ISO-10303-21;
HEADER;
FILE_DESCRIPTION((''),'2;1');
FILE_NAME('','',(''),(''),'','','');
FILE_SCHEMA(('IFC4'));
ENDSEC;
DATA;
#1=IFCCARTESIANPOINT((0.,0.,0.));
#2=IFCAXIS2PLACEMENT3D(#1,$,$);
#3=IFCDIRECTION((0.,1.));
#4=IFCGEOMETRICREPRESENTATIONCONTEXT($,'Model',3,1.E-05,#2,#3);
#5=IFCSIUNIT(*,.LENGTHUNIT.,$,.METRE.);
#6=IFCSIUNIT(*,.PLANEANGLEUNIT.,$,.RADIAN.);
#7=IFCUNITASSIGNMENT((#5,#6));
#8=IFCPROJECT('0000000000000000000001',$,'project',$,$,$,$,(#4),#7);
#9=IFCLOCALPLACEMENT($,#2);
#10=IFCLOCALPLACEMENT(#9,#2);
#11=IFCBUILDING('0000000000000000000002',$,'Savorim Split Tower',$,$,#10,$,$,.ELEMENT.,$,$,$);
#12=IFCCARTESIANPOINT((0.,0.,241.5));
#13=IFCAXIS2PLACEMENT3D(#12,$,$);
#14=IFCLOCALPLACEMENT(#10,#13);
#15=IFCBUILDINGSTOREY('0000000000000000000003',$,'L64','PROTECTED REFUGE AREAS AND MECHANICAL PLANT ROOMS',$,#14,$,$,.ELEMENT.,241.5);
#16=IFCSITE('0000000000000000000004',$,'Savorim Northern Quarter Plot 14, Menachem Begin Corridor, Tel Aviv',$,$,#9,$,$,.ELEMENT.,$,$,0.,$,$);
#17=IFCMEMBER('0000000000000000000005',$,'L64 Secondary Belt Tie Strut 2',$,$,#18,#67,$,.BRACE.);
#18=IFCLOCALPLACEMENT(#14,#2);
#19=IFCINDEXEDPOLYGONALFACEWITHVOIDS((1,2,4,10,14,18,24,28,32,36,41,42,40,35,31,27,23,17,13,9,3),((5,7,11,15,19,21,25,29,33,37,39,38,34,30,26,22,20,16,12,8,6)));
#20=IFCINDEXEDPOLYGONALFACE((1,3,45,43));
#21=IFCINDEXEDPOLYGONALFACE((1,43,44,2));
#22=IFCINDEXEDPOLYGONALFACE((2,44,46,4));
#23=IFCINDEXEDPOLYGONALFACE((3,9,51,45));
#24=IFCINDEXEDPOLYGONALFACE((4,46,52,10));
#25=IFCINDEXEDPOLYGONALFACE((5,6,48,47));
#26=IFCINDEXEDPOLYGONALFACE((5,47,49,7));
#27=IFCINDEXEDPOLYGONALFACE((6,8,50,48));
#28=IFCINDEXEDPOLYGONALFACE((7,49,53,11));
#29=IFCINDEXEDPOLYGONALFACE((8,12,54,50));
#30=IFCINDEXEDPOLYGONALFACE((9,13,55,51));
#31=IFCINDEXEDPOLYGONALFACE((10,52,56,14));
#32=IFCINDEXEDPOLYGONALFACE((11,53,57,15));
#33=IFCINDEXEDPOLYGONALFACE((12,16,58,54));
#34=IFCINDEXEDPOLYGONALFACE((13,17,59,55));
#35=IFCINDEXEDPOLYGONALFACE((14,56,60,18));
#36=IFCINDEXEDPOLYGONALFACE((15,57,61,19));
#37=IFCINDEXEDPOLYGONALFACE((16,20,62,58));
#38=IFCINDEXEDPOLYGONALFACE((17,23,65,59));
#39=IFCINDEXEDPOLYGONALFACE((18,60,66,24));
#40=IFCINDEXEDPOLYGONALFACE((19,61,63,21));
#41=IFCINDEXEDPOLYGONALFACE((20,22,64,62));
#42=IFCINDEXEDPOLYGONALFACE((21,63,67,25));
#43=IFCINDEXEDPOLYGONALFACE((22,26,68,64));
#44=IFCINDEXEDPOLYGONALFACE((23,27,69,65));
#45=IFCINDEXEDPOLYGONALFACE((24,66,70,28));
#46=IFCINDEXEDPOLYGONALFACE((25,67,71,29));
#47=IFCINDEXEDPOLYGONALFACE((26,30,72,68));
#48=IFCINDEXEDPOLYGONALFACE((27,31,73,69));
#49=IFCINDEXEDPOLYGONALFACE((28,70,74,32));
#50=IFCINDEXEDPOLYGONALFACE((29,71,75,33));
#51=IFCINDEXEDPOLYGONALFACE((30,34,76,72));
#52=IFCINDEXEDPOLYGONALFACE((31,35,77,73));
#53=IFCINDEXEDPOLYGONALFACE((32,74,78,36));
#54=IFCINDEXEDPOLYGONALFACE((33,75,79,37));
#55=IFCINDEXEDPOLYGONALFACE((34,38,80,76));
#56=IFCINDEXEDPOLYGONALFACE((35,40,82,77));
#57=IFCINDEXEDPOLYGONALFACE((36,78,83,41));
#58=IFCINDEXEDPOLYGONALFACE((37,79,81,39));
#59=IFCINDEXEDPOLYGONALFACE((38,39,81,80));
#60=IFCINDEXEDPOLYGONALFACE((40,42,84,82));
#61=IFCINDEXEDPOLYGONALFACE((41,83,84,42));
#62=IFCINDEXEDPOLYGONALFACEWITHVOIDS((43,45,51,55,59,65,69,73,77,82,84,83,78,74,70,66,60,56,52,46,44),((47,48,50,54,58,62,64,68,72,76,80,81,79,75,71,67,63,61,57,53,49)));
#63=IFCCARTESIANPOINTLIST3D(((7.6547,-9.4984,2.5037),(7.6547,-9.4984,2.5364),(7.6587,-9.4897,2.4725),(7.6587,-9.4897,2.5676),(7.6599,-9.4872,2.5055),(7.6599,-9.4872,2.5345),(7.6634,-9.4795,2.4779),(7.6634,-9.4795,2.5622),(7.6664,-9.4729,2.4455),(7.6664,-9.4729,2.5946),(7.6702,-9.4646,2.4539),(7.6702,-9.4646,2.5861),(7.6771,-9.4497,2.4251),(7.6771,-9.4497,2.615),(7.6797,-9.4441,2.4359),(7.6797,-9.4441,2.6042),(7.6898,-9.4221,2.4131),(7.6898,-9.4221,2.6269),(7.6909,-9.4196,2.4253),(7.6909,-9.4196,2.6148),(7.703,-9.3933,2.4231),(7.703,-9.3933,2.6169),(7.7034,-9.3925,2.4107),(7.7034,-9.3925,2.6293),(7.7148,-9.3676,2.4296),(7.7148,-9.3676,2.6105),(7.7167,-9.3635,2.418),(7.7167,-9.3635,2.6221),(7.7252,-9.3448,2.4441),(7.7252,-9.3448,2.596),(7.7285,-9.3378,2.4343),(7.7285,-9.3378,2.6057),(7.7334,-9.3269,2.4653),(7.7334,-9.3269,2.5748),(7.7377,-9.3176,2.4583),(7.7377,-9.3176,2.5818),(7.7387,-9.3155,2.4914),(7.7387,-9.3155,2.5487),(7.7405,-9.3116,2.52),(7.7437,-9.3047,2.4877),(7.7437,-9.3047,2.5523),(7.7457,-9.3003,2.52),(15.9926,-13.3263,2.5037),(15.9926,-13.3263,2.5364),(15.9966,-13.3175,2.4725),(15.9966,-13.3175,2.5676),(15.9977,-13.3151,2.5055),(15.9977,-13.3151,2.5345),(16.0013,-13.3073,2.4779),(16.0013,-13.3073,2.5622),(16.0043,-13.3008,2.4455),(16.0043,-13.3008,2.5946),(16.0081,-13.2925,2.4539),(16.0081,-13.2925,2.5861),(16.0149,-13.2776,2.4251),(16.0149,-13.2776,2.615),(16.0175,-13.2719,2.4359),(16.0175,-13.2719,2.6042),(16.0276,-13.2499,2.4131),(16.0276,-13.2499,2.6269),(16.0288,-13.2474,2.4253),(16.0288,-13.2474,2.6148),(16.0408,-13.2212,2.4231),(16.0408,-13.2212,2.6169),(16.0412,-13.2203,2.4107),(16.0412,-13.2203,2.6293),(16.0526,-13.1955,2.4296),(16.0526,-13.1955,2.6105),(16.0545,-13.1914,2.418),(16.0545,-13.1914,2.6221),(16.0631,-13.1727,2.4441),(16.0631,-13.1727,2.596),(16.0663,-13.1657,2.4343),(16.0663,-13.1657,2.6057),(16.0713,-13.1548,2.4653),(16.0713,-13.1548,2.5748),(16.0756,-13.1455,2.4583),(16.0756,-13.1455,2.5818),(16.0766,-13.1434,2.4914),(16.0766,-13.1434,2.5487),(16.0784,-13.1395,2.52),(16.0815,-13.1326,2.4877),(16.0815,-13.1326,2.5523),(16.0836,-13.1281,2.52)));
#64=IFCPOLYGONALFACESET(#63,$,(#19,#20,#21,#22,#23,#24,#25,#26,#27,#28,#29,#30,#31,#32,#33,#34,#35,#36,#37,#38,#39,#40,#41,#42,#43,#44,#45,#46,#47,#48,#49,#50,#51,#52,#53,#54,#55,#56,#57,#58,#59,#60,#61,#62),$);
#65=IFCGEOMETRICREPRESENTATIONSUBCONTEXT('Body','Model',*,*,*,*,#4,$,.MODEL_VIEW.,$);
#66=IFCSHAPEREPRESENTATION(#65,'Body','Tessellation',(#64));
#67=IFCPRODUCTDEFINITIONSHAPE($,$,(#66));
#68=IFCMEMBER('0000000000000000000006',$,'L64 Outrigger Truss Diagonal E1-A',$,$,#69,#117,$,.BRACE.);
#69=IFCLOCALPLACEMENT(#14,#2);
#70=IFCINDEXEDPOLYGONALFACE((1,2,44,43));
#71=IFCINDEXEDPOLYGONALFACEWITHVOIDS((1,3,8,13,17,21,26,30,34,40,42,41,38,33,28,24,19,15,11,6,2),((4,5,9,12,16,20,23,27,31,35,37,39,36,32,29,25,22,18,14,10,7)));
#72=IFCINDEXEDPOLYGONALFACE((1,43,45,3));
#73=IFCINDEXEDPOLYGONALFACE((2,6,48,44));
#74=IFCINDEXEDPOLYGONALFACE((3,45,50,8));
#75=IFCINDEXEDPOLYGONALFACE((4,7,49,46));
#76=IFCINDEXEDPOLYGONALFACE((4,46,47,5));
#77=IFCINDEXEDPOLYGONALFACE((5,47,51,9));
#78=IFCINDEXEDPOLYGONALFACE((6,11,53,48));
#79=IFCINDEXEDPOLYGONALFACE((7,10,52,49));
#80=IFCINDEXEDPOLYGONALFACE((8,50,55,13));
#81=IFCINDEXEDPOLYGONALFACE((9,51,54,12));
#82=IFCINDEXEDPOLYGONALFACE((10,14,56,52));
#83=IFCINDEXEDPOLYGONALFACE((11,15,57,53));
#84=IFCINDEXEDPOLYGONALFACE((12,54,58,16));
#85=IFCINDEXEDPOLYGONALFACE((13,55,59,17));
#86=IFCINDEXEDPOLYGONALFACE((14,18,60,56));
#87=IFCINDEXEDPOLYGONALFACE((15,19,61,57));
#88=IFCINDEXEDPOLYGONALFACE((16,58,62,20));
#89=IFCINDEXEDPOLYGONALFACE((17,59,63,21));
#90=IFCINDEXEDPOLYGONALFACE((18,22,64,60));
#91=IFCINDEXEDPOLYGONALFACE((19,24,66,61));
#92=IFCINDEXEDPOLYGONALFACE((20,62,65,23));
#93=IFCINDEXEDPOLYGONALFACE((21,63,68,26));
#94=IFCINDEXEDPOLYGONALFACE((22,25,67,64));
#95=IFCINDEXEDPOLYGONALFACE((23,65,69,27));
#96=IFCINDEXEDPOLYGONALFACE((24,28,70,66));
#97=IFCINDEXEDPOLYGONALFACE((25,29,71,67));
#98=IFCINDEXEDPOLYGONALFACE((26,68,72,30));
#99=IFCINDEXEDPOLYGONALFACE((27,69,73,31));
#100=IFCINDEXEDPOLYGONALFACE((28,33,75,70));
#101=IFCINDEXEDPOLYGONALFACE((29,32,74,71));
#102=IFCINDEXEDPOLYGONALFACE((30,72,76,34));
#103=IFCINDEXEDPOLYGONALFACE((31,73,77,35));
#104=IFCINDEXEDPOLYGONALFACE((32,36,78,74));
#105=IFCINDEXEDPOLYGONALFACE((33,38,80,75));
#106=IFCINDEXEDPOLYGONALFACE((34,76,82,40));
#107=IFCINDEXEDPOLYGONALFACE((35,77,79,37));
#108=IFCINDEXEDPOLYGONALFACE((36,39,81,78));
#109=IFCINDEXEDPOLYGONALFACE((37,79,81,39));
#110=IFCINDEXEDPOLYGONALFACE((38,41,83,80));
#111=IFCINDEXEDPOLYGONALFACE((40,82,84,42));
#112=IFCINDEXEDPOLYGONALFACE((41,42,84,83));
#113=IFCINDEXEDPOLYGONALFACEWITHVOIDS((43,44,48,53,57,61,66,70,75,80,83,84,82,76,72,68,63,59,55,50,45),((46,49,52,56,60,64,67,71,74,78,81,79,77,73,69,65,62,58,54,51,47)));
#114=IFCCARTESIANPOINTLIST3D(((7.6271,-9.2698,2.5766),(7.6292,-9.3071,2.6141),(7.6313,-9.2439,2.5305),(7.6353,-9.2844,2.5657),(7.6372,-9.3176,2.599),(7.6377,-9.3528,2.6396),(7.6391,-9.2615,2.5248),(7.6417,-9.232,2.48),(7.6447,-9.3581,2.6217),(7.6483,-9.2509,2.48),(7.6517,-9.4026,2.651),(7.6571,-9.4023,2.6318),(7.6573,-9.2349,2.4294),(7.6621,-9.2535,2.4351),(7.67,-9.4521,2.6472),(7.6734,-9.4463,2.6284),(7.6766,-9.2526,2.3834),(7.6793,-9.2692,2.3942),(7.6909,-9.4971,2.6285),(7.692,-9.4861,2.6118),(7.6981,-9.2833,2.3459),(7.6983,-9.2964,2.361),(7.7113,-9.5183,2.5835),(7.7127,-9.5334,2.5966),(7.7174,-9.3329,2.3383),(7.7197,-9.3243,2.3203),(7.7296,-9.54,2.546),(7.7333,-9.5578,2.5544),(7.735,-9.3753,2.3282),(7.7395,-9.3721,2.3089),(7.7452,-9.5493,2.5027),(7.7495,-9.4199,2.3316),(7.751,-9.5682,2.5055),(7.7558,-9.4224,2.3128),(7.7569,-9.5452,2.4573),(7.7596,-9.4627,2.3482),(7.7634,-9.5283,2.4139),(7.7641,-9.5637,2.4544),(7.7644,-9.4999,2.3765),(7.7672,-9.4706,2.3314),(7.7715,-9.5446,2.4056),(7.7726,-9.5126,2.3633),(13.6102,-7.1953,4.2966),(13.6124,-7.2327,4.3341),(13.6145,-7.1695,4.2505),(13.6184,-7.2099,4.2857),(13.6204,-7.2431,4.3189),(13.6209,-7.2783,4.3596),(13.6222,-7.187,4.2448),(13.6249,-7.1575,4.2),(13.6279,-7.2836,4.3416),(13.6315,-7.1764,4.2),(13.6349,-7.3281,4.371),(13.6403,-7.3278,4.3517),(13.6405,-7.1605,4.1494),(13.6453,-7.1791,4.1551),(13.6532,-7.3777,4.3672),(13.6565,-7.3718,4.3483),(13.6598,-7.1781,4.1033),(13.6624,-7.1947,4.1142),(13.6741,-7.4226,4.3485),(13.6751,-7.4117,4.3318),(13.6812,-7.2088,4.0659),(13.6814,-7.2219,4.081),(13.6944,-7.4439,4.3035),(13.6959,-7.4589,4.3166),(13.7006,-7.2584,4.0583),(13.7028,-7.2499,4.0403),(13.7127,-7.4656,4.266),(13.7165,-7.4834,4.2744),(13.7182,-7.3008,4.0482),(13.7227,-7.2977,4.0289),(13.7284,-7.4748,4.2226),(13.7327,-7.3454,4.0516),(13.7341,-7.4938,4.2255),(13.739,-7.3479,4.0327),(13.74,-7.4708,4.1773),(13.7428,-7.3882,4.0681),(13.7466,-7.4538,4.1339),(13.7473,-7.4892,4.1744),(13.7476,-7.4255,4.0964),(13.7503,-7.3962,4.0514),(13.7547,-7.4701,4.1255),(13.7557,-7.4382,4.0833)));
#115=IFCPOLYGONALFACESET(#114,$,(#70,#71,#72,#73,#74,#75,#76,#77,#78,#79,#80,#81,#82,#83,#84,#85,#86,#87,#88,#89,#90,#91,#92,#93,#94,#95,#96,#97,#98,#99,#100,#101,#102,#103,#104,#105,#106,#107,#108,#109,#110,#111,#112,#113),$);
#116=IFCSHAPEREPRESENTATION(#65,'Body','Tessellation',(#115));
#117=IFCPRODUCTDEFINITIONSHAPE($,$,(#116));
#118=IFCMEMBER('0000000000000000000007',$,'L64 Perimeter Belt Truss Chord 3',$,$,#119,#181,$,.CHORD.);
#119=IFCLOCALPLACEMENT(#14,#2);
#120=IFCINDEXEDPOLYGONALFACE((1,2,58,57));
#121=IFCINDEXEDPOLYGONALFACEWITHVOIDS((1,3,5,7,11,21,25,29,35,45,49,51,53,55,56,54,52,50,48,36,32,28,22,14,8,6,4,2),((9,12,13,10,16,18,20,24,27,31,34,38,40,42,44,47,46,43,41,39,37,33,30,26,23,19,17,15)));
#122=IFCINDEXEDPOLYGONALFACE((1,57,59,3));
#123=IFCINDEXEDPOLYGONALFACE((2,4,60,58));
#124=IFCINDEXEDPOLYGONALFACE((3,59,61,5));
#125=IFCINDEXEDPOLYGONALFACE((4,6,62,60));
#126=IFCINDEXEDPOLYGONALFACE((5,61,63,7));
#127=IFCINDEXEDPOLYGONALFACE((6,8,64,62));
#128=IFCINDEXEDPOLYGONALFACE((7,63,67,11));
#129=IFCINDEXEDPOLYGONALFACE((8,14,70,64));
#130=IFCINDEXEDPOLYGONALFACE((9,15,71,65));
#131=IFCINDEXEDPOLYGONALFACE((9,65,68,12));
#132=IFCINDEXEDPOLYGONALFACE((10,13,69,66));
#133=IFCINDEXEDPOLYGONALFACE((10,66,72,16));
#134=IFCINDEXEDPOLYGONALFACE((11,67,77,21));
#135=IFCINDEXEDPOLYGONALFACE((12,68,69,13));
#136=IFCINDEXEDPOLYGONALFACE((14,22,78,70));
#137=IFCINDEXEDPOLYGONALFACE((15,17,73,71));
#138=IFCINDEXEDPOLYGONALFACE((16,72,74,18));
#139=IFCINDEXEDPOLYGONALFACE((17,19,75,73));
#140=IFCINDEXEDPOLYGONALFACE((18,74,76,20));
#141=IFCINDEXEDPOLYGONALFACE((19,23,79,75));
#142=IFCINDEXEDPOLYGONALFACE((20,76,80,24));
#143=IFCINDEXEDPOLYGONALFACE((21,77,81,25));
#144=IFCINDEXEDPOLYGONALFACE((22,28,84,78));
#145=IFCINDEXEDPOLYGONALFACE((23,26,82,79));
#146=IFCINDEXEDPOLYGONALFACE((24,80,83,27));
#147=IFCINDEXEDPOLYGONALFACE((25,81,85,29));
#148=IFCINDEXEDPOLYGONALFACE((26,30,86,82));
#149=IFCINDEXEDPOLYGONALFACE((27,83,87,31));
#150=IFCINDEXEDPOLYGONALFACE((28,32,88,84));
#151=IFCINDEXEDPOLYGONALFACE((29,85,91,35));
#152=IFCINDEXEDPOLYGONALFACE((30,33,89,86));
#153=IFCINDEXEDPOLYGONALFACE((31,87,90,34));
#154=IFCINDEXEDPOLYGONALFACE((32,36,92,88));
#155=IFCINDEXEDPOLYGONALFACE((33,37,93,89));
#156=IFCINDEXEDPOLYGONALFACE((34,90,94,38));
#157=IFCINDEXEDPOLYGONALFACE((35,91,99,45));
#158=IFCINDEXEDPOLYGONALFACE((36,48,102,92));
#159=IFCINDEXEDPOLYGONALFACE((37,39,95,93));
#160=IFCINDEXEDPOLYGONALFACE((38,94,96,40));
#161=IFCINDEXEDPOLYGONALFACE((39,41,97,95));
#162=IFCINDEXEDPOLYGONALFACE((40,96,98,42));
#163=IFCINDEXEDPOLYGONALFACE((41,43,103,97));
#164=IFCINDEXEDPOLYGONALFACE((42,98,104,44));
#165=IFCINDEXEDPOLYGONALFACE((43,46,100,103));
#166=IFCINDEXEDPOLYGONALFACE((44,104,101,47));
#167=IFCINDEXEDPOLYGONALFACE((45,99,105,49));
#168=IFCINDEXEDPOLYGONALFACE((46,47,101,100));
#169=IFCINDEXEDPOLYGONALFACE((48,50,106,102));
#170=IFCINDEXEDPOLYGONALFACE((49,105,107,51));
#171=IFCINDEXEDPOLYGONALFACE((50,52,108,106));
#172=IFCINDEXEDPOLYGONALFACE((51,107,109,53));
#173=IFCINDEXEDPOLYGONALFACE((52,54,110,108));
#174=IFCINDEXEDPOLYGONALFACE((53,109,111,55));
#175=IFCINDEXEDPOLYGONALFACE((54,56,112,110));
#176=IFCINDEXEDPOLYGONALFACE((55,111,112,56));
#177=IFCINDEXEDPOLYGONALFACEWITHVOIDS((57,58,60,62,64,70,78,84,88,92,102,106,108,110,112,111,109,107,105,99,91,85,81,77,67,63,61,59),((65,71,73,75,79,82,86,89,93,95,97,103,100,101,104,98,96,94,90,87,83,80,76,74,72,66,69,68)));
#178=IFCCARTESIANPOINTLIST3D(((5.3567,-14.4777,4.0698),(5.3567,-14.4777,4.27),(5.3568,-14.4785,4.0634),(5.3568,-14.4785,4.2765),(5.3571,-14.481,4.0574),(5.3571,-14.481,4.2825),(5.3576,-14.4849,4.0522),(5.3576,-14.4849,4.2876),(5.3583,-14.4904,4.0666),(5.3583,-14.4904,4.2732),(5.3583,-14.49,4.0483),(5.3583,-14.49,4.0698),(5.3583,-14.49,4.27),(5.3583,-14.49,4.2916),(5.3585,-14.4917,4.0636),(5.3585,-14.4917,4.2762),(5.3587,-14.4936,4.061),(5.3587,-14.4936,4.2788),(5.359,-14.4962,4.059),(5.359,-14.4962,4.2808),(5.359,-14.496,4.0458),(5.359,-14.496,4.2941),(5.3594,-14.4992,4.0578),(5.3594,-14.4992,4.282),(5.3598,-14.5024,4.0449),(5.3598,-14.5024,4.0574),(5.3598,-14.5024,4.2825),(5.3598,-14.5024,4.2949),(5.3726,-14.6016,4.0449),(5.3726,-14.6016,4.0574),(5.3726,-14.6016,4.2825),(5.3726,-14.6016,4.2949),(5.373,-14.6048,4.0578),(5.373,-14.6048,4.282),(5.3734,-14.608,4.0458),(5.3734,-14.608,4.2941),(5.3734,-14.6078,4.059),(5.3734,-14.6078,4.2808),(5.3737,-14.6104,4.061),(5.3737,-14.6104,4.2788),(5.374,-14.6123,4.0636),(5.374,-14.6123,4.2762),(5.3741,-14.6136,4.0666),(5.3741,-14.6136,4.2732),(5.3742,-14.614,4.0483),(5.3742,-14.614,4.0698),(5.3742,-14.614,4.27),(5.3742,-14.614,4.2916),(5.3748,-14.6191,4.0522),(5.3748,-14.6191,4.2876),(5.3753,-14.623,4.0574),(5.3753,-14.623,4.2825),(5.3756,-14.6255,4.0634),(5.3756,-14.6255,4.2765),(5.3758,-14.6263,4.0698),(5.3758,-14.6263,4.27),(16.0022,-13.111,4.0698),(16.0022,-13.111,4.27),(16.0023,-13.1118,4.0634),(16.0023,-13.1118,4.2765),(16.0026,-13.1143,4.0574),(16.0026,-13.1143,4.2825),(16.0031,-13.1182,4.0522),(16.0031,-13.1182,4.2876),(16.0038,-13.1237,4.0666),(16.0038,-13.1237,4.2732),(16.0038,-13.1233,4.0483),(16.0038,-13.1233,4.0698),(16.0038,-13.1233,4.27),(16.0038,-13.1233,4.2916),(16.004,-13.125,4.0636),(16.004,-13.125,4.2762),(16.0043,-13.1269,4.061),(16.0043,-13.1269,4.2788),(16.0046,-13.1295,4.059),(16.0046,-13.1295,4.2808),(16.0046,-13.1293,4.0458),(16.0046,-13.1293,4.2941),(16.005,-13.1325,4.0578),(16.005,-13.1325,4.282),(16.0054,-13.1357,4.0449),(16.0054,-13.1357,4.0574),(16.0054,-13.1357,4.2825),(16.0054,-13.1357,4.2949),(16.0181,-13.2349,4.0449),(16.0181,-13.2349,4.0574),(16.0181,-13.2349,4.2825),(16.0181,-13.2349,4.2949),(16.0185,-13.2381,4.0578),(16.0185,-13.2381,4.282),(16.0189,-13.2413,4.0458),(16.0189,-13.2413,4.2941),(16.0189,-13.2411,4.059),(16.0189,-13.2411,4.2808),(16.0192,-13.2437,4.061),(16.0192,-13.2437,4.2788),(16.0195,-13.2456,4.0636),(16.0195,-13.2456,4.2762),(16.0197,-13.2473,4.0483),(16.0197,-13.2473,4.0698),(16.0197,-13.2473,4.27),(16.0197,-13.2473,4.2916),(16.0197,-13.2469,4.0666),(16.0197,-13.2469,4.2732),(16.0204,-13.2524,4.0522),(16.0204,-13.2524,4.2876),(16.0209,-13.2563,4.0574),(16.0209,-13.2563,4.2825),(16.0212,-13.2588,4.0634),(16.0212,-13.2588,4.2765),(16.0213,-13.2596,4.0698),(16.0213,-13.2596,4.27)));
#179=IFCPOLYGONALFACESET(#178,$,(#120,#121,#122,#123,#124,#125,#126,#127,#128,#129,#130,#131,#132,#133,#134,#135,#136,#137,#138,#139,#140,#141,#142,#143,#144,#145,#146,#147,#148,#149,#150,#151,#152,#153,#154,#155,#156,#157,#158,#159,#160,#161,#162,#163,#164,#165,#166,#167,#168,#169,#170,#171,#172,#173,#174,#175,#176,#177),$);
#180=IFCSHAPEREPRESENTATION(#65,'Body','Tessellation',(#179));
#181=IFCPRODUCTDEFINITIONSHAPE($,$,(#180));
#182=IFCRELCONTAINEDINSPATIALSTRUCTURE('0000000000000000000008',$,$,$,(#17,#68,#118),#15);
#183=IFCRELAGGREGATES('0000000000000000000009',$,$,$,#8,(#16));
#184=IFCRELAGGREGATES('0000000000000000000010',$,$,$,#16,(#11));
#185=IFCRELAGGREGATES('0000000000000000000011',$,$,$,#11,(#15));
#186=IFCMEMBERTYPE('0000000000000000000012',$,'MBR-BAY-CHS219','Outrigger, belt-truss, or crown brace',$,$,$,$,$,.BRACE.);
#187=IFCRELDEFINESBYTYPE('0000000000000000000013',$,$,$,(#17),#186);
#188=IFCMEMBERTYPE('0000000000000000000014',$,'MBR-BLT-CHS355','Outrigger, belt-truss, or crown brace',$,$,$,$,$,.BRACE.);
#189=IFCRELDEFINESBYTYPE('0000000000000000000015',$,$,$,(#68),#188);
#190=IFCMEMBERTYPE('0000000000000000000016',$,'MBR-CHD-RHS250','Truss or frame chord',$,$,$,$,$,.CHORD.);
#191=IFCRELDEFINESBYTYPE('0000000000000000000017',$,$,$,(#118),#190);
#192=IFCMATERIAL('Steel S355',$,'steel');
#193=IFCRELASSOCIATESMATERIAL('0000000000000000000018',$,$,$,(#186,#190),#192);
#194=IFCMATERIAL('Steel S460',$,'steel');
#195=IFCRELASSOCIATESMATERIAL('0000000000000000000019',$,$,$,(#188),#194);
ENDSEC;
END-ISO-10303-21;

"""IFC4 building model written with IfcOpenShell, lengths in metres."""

from ifc_helpers import new_model, si_unit, direction, frame, origin, origin_2d, place, context, subcontext, project, spatial, hollow_rectangle, hollow_circle, extrude, material, material_profile, profile_set, type_object, element, save


model = new_model("IFC4")

# Units and contexts
model_context = context("Model", 3, precision=1e-05, world=origin(), true_north=direction((0.0, 1.0)))
body_context = subcontext(model_context, "Body", "Model", "MODEL_VIEW")
ifc_project = project(units=[si_unit("LENGTHUNIT", "METRE"), si_unit("PLANEANGLEUNIT", "RADIAN")], contexts=[model_context])

# Site, building, storey
site_placement = place(None, origin())
site = spatial("IfcSite", under=ifc_project, at=site_placement, Name="Savorim Northern Quarter Plot 14, Menachem Begin Corridor, Tel Aviv", CompositionType="ELEMENT", RefElevation=0.0)
building_placement = place(site_placement, origin())
building = spatial("IfcBuilding", under=site, at=building_placement, Name="Savorim Split Tower", CompositionType="ELEMENT")
storey_placement = place(building_placement, frame((0.0, 0.0, 241.5)))
storey = spatial("IfcBuildingStorey", under=building, at=storey_placement, Name="L64", Description="PROTECTED REFUGE AREAS AND MECHANICAL PLANT ROOMS", CompositionType="ELEMENT", Elevation=241.5)

# Shared definitions
ifc_material_1 = material(Name="Steel S355", Category="steel")

# Members
ifc_material_profile_1 = material_profile(ifc_material_1, hollow_circle(Radius=0.1096, WallThickness=0.0125, at=origin_2d()), Name="CHS 219.1x12.5")
ifc_profile_set_1 = profile_set([ifc_material_profile_1], Name="Steel S355")
member_type_1 = type_object("IfcMemberType", Name="MBR-BAY-CHS219", Description="Outrigger, belt-truss, or crown brace", PredefinedType="BRACE", material=ifc_profile_set_1)
member_1_placement = place(storey_placement, frame((7.7, -9.3999, 2.52), z_axis=(0.908803, -0.417226, 0.0), x_axis=(0.417226, 0.908803, 0.0)))
element("IfcMember", 1, at=member_1_placement, inside=storey, type_object=member_type_1, Name="L64 Secondary Belt Tie Strut 2", PredefinedType="BRACE", context=body_context, shape_type="SweptSolid", body=[
    extrude(hollow_circle(Radius=0.1096, WallThickness=0.0125, at=origin_2d()), origin(), (0.0, 0.0, 1.0), 9.1746),
])
ifc_material_2 = material(Name="Steel S460", Category="steel")
ifc_material_profile_2 = material_profile(ifc_material_2, hollow_circle(Radius=0.1777, WallThickness=0.02, at=origin_2d()), Name="CHS 355.6x20")
ifc_profile_set_2 = profile_set([ifc_material_profile_2], Name="Steel S460")
member_type_2 = type_object("IfcMemberType", Name="MBR-BLT-CHS355", Description="Outrigger, belt-truss, or crown brace", PredefinedType="BRACE", material=ifc_profile_set_2)
member_2_placement = place(storey_placement, frame((7.7, -9.3999, 2.48), z_axis=(0.911788, 0.316133, 0.262111), x_axis=(-0.327586, 0.944821, 0.0)))
element("IfcMember", 2, at=member_2_placement, inside=storey, type_object=member_type_2, Name="L64 Outrigger Truss Diagonal E1-A", PredefinedType="BRACE", context=body_context, shape_type="SweptSolid", body=[
    extrude(hollow_circle(Radius=0.1777, WallThickness=0.02, at=origin_2d()), origin(), (0.0, 0.0, 1.0), 6.562),
])
ifc_material_profile_3 = material_profile(ifc_material_1, hollow_rectangle(XDim=0.1499, YDim=0.25, WallThickness=0.0125, InnerFilletRadius=0.0125, OuterFilletRadius=0.0249, at=origin_2d()), Name="RHS 250x150x12.5")
ifc_profile_set_3 = profile_set([ifc_material_profile_3], Name="Steel S355")
member_type_3 = type_object("IfcMemberType", Name="MBR-CHD-RHS250", Description="Truss or frame chord", PredefinedType="CHORD", material=ifc_profile_set_3)
member_3_placement = place(storey_placement, frame((5.3662, -14.552, 4.1699), z_axis=(0.991859, 0.127338, 0.0), x_axis=(-0.127338, 0.991859, 0.0)))
element("IfcMember", 3, at=member_3_placement, inside=storey, type_object=member_type_3, Name="L64 Perimeter Belt Truss Chord 3", PredefinedType="CHORD", context=body_context, shape_type="SweptSolid", body=[
    extrude(hollow_rectangle(XDim=0.1499, YDim=0.25, WallThickness=0.0125, InnerFilletRadius=0.0125, OuterFilletRadius=0.0249, at=origin_2d()), origin(), (0.0, 0.0, 1.0), 10.7329),
])

save(model, "model.ifc")
